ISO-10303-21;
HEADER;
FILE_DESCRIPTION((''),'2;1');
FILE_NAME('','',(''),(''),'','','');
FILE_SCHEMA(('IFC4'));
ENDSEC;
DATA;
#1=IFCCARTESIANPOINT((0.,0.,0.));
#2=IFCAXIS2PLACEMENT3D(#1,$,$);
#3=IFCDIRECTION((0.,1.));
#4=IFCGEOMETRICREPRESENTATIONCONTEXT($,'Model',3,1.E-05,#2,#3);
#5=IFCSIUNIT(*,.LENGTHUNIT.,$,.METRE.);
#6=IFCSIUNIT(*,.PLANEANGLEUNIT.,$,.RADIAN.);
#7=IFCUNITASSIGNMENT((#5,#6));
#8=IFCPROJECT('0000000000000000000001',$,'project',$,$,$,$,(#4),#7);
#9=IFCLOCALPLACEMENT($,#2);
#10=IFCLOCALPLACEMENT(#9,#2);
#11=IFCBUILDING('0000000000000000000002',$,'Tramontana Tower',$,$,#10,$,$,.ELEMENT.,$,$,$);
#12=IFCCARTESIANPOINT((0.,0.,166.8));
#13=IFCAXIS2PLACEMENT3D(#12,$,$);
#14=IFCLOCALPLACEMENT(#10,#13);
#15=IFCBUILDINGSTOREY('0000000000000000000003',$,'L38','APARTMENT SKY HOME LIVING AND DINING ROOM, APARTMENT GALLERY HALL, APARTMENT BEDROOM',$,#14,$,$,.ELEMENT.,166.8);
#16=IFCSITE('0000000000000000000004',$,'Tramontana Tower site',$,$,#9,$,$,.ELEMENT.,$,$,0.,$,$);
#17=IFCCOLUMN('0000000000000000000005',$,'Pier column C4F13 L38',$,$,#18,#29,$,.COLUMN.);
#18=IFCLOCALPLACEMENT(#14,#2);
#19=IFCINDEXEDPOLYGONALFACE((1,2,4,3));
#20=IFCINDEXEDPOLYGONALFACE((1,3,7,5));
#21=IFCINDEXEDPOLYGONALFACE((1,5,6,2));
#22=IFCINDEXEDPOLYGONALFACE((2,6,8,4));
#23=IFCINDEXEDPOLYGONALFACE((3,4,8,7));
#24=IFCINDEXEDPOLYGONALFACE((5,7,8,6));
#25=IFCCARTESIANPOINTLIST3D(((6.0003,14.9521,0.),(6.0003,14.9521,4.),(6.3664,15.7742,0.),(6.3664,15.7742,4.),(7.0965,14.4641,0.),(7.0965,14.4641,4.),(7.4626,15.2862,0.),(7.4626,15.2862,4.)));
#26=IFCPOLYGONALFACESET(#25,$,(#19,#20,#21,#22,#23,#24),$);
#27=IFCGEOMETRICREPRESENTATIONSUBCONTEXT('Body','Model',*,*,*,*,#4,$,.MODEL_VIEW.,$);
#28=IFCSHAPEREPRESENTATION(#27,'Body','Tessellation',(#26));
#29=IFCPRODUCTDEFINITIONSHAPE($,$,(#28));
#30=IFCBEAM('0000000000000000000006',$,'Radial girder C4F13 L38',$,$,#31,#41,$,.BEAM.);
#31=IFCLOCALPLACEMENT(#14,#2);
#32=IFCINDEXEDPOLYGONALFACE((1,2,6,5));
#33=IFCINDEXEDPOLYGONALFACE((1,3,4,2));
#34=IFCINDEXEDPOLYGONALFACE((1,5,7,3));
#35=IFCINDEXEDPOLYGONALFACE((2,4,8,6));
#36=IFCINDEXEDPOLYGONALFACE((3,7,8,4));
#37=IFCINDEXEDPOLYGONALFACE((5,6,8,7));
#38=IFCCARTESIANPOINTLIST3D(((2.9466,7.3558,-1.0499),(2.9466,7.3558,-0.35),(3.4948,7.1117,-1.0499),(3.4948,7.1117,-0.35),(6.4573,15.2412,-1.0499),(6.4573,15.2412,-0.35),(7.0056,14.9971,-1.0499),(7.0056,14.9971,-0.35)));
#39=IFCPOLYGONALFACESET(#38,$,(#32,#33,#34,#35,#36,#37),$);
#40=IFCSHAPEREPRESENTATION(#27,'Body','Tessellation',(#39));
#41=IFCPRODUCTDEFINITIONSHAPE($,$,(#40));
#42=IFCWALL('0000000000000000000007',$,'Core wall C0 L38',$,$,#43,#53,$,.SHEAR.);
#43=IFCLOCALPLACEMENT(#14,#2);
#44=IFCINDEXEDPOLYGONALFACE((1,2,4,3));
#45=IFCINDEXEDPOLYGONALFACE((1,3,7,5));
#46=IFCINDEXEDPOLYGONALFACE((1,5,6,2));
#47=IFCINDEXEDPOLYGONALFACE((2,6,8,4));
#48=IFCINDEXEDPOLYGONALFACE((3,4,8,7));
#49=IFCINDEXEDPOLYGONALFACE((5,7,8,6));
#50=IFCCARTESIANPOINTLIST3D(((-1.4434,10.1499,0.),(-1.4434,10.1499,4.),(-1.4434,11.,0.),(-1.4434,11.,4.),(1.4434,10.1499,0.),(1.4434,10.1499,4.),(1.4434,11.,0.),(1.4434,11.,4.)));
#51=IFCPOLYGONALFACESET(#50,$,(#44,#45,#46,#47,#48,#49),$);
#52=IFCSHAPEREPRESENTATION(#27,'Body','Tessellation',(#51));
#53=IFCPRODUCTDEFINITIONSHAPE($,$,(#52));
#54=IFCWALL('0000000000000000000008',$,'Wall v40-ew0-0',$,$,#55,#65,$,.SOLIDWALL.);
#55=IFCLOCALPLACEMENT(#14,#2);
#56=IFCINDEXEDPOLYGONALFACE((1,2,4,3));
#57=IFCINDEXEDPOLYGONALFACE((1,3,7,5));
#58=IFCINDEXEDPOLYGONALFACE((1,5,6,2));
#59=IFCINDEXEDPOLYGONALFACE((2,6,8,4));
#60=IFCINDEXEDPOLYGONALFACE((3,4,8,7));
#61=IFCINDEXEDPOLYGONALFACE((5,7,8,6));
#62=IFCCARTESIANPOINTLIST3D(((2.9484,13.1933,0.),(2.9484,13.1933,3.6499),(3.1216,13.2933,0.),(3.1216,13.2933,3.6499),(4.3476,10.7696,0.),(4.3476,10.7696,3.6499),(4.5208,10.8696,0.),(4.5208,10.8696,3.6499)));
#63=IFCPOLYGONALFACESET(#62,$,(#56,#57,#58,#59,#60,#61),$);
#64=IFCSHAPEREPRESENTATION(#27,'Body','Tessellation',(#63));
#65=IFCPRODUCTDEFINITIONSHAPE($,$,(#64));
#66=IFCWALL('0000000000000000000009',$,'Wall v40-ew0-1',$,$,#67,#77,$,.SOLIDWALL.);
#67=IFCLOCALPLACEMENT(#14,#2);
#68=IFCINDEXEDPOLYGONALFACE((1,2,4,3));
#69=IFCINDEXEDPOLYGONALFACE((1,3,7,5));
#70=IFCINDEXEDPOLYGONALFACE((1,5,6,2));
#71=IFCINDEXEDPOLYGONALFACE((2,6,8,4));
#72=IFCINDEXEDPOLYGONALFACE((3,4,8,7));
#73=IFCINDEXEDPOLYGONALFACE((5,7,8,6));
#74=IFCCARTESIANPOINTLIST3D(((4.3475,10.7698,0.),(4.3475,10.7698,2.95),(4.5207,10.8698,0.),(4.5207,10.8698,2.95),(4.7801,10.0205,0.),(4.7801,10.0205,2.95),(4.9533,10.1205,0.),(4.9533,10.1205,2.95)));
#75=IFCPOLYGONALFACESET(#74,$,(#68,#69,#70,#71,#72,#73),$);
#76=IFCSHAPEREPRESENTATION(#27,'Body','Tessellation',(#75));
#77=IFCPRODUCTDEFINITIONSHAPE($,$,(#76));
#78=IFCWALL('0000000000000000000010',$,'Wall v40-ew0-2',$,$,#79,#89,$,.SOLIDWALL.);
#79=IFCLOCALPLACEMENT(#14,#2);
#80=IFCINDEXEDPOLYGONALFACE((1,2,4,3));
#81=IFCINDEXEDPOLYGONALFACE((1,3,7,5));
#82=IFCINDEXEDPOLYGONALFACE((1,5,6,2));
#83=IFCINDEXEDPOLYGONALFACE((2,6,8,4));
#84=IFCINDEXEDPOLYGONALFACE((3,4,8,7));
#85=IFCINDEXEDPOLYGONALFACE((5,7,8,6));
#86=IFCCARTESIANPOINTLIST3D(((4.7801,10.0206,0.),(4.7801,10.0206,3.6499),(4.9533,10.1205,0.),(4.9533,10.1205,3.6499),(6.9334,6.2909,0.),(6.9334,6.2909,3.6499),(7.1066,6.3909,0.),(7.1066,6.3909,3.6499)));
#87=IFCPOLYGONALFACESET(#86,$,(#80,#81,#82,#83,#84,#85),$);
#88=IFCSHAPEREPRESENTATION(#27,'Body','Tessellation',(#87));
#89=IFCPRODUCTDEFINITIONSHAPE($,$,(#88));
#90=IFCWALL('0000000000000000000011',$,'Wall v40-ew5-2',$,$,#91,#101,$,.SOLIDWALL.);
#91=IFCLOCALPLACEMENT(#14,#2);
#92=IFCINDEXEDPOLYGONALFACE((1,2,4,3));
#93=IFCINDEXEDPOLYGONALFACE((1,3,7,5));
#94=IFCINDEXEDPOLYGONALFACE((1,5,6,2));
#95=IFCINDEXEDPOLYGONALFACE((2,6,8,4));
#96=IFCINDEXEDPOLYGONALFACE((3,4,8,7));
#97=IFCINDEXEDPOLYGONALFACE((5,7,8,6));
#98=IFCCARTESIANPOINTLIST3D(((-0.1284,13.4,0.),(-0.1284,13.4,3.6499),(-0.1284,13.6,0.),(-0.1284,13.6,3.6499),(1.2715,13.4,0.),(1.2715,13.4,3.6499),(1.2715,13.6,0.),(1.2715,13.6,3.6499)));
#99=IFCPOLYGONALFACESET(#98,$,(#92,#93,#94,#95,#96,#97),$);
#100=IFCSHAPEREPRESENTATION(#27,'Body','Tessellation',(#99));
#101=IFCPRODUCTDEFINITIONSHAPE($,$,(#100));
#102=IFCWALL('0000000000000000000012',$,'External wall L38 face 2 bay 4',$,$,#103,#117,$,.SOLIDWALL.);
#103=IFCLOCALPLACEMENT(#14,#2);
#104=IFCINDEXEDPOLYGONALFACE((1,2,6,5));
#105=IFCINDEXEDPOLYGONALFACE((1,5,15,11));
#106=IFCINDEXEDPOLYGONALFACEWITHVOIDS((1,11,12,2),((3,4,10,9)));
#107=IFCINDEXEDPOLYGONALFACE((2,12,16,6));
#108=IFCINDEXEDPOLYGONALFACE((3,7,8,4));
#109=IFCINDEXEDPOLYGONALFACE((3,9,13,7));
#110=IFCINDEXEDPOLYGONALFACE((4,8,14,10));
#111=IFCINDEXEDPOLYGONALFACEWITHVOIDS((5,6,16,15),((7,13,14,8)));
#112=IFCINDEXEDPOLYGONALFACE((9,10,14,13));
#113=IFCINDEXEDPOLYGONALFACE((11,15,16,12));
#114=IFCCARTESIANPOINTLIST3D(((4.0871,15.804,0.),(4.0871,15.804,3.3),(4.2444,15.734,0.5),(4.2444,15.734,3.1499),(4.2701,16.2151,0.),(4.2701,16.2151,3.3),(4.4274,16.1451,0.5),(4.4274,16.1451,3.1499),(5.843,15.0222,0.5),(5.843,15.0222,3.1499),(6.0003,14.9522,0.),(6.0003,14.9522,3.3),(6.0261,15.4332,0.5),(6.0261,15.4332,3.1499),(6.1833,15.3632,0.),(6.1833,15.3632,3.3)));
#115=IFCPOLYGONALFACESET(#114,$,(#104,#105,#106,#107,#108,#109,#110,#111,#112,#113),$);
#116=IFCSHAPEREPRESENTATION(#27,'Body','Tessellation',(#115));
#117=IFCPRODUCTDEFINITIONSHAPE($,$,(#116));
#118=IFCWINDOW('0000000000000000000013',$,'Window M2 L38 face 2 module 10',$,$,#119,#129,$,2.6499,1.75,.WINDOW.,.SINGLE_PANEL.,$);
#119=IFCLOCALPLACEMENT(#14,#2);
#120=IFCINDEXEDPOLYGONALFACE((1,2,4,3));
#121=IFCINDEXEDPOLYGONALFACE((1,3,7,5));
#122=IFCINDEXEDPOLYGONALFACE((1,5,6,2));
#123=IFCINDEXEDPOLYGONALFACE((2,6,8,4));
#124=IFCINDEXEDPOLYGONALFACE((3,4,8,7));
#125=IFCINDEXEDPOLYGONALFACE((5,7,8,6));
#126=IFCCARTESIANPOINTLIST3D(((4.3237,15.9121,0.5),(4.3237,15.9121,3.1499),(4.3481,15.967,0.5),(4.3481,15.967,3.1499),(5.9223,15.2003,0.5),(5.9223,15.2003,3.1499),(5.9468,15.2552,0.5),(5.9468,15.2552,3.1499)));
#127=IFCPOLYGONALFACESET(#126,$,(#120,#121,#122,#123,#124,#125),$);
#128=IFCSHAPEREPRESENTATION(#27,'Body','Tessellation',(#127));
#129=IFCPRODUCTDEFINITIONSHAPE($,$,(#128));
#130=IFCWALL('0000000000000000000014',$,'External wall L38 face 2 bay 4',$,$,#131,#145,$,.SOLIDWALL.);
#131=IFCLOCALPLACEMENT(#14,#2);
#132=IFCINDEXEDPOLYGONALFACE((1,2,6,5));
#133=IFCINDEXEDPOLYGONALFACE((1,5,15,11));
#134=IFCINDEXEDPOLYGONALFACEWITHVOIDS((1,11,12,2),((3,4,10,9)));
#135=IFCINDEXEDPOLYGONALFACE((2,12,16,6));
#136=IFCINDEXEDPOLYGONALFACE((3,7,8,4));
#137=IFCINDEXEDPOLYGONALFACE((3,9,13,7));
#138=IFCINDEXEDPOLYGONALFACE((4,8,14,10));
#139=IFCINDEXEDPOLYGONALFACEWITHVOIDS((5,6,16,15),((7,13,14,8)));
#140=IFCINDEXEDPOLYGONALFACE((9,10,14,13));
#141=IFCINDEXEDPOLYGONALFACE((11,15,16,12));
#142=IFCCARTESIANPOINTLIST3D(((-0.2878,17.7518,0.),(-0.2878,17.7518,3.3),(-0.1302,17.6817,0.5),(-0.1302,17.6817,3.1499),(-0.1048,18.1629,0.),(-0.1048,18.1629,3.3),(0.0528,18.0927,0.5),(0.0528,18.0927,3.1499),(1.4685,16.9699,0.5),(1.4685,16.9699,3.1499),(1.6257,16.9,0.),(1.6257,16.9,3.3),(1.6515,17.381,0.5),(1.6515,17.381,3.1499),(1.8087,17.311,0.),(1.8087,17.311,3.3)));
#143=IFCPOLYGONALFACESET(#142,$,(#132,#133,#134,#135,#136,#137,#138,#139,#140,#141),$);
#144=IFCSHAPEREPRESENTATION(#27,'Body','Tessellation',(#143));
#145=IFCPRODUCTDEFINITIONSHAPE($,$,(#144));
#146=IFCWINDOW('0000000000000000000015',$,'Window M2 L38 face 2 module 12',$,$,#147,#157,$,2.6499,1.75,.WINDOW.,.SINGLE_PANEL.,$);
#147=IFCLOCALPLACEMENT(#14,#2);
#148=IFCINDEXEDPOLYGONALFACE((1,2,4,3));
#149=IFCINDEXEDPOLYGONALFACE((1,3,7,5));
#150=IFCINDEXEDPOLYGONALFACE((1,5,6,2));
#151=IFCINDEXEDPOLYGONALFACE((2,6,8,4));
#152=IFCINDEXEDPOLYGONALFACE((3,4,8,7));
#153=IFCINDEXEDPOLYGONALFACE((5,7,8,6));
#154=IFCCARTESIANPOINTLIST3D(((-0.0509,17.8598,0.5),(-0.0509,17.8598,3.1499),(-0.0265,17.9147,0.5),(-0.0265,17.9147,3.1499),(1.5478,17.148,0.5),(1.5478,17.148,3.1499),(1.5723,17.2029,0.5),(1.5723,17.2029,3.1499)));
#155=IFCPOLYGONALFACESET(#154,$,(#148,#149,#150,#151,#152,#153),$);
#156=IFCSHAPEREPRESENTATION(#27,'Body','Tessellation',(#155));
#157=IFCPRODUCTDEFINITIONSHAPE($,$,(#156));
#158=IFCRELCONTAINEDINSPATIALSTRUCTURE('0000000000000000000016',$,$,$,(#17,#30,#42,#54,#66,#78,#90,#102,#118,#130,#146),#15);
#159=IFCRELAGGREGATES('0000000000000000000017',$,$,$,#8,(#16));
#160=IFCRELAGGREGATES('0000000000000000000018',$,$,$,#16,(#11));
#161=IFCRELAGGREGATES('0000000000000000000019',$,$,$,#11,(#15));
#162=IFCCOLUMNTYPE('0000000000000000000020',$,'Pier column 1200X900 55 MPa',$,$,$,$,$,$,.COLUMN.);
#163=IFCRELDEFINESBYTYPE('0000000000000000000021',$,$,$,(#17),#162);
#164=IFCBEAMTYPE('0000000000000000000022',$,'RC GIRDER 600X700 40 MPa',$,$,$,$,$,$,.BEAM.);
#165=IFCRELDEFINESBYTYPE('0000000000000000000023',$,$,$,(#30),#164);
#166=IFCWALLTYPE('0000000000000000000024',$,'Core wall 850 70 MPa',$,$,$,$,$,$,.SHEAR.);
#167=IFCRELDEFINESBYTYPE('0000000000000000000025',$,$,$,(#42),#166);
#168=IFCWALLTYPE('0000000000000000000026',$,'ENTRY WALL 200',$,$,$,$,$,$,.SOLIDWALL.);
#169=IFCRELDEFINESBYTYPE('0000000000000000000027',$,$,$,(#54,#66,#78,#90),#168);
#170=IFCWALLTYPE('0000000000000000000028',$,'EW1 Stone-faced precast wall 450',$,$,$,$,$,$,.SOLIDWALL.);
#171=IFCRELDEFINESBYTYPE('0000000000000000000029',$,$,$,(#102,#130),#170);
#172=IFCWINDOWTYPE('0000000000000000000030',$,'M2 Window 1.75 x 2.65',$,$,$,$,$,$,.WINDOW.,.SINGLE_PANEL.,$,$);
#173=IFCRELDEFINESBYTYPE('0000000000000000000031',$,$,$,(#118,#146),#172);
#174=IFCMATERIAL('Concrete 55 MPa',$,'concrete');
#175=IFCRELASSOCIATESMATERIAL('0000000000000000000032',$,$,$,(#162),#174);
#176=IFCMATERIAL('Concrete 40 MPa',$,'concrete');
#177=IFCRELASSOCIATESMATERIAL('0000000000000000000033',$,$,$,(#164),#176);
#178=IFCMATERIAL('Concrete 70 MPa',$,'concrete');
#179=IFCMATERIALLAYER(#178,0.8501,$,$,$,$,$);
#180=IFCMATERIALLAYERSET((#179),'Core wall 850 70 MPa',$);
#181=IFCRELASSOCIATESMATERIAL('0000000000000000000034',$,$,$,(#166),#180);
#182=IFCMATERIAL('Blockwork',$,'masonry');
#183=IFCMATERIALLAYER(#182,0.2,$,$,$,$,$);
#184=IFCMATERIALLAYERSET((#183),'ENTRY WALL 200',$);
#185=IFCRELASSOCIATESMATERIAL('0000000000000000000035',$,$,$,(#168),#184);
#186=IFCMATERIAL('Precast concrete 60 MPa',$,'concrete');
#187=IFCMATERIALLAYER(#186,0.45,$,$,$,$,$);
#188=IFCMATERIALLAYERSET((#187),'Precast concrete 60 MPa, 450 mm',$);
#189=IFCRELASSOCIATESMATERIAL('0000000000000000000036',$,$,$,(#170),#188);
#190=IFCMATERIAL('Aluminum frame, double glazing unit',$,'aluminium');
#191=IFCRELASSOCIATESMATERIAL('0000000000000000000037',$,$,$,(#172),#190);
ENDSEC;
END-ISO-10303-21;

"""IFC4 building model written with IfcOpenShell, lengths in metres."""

from ifc_helpers import new_model, si_unit, direction, frame, frame_2d, origin, origin_2d, place, context, subcontext, project, spatial, rectangle, extrude, material, layer, layer_set, material_profile, profile_set, type_object, element, fill, save


model = new_model("IFC4")

# Units and contexts
model_context = context("Model", 3, precision=1e-05, world=origin(), true_north=direction((0.0, 1.0)))
body_context = subcontext(model_context, "Body", "Model", "MODEL_VIEW")
ifc_project = project(units=[si_unit("LENGTHUNIT", "METRE"), si_unit("PLANEANGLEUNIT", "RADIAN")], contexts=[model_context])

# Site, building, storey
site_placement = place(None, origin())
site = spatial("IfcSite", under=ifc_project, at=site_placement, Name="Tramontana Tower site", CompositionType="ELEMENT", RefElevation=0.0)
building_placement = place(site_placement, origin())
building = spatial("IfcBuilding", under=site, at=building_placement, Name="Tramontana Tower", CompositionType="ELEMENT")
storey_placement = place(building_placement, frame((0.0, 0.0, 166.8)))
storey = spatial("IfcBuildingStorey", under=building, at=storey_placement, Name="L38", Description="APARTMENT SKY HOME LIVING AND DINING ROOM, APARTMENT GALLERY HALL, APARTMENT BEDROOM", CompositionType="ELEMENT", Elevation=166.8)

# Column
ifc_material_1 = material(Name="Concrete 55 MPa", Category="concrete")
ifc_material_profile_1 = material_profile(ifc_material_1, rectangle(XDim=1.2, YDim=0.8999, at=origin_2d()), Name="Pier column 1200X900 55 MPa")
ifc_profile_set_1 = profile_set([ifc_material_profile_1], Name="Concrete 55 MPa")
column_type = type_object("IfcColumnType", Name="Pier column 1200X900 55 MPa", PredefinedType="COLUMN", material=ifc_profile_set_1)
column_placement = place(storey_placement, frame((6.7314, 15.1191, 0.0), z_axis=(0.0, 0.0, 1.0), x_axis=(-0.913545, 0.406737, 0.0)))
element("IfcColumn", 1, at=column_placement, inside=storey, type_object=column_type, Name="Pier column C4F13 L38", PredefinedType="COLUMN", context=body_context, shape_type="SweptSolid", body=[
    extrude(rectangle(XDim=1.2, YDim=0.8999, at=origin_2d()), origin(), (0.0, 0.0, 1.0), 4.0),
])

# Beam
ifc_material_2 = material(Name="Concrete 40 MPa", Category="concrete")
ifc_material_profile_2 = material_profile(ifc_material_2, rectangle(XDim=0.6001, YDim=0.7, at=origin_2d()), Name="RC GIRDER 600X700 40 MPa")
ifc_profile_set_2 = profile_set([ifc_material_profile_2], Name="Concrete 40 MPa")
beam_type = type_object("IfcBeamType", Name="RC GIRDER 600X700 40 MPa", PredefinedType="BEAM", material=ifc_profile_set_2)
beam_placement = place(storey_placement, frame((6.7314, 15.1191, -0.7), z_axis=(-0.406737, -0.913545, 0.0), x_axis=(0.913545, -0.406737, 0.0)))
element("IfcBeam", 2, at=beam_placement, inside=storey, type_object=beam_type, Name="Radial girder C4F13 L38", PredefinedType="BEAM", context=body_context, shape_type="SweptSolid", body=[
    extrude(rectangle(XDim=0.6001, YDim=0.7, at=origin_2d()), origin(), (0.0, 0.0, 1.0), 8.6316),
])

# Walls
ifc_material_3 = material(Name="Concrete 70 MPa", Category="concrete")
ifc_layer_1 = layer(ifc_material_3, 0.8501)
ifc_layer_set_1 = layer_set([ifc_layer_1], Name="Core wall 850 70 MPa")
wall_type_1 = type_object("IfcWallType", Name="Core wall 850 70 MPa", PredefinedType="SHEAR", material=ifc_layer_set_1)
wall_1_placement = place(storey_placement, frame((1.4434, 10.575, 0.0), z_axis=(0.0, 0.0, 1.0), x_axis=(-1.0, 0.0, 0.0)))
element("IfcWall", 3, at=wall_1_placement, inside=storey, type_object=wall_type_1, Name="Core wall C0 L38", PredefinedType="SHEAR", context=body_context, shape_type="SweptSolid", body=[
    extrude(rectangle(XDim=2.8867, YDim=0.8501, at=frame_2d((1.4434, 0.0))), origin(), (0.0, 0.0, 1.0), 4.0),
])
ifc_material_4 = material(Name="Blockwork", Category="masonry")
ifc_layer_2 = layer(ifc_material_4, 0.2)
ifc_layer_set_2 = layer_set([ifc_layer_2], Name="ENTRY WALL 200")
wall_type_2 = type_object("IfcWallType", Name="ENTRY WALL 200", PredefinedType="SOLIDWALL", material=ifc_layer_set_2)
wall_2_placement = place(storey_placement, frame((3.0349, 13.2434, 0.0), z_axis=(0.0, 0.0, 1.0), x_axis=(0.499977, -0.866039, 0.0)))
element("IfcWall", 4, at=wall_2_placement, inside=storey, type_object=wall_type_2, Name="Wall v40-ew0-0", PredefinedType="SOLIDWALL", context=body_context, shape_type="SweptSolid", body=[
    extrude(rectangle(XDim=2.7986, YDim=0.2, at=frame_2d((1.3994, 0.0))), origin(), (0.0, 0.0, 1.0), 3.6499),
])
wall_3_placement = place(storey_placement, frame((4.4341, 10.8198, 0.0), z_axis=(0.0, 0.0, 1.0), x_axis=(0.500024, -0.866012, 0.0)))
element("IfcWall", 5, at=wall_3_placement, inside=storey, type_object=wall_type_2, Name="Wall v40-ew0-1", PredefinedType="SOLIDWALL", context=body_context, shape_type="SweptSolid", body=[
    extrude(rectangle(XDim=0.8652, YDim=0.2, at=frame_2d((0.4326, 0.0))), origin(), (0.0, 0.0, 1.0), 2.95),
])
wall_4_placement = place(storey_placement, frame((4.8667, 10.0706, 0.0), z_axis=(0.0, 0.0, 1.0), x_axis=(0.499992, -0.86603, 0.0)))
element("IfcWall", 6, at=wall_4_placement, inside=storey, type_object=wall_type_2, Name="Wall v40-ew0-2", PredefinedType="SOLIDWALL", context=body_context, shape_type="SweptSolid", body=[
    extrude(rectangle(XDim=4.3066, YDim=0.2, at=frame_2d((2.1533, 0.0))), origin(), (0.0, 0.0, 1.0), 3.6499),
])
wall_5_placement = place(storey_placement, frame((-0.1284, 13.5, 0.0), z_axis=(0.0, 0.0, 1.0), x_axis=(1.0, 0.0, 0.0)))
element("IfcWall", 7, at=wall_5_placement, inside=storey, type_object=wall_type_2, Name="Wall v40-ew5-2", PredefinedType="SOLIDWALL", context=body_context, shape_type="SweptSolid", body=[
    extrude(rectangle(XDim=1.3999, YDim=0.2, at=frame_2d((0.7, 0.0))), origin(), (0.0, 0.0, 1.0), 3.6499),
])

# Walls, openings, windows
ifc_material_5 = material(Name="Precast concrete 60 MPa", Category="concrete")
ifc_layer_3 = layer(ifc_material_5, 0.45)
ifc_layer_set_3 = layer_set([ifc_layer_3], Name="Precast concrete 60 MPa, 450 mm")
wall_type_3 = type_object("IfcWallType", Name="EW1 Stone-faced precast wall 450", PredefinedType="SOLIDWALL", material=ifc_layer_set_3)
wall_6_placement = place(storey_placement, frame((6.0918, 15.1577, 0.0), z_axis=(0.0, 0.0, 1.0), x_axis=(-0.913537, 0.406755, 0.0)))
wall_6 = element("IfcWall", 8, at=wall_6_placement, inside=storey, type_object=wall_type_3, Name="External wall L38 face 2 bay 4", PredefinedType="SOLIDWALL", context=body_context, shape_type="SweptSolid", body=[
    extrude(rectangle(XDim=2.0942, YDim=0.45, at=frame_2d((1.0471, 0.0))), origin(), (0.0, 0.0, 1.0), 3.3),
])
opening_1_placement = place(wall_6_placement, frame((0.1721, 0.0, 0.5)))
opening_1 = element("IfcOpeningElement", 9, at=opening_1_placement, cuts=wall_6, PredefinedType="OPENING", context=body_context, shape_type="SweptSolid", body=[
    extrude(rectangle(XDim=1.75, YDim=2.6499, at=frame_2d((0.875, 1.325))), frame((0.0, 0.2349, 0.0), z_axis=(0.0, -1.0, 0.0), x_axis=(1.0, 0.0, 0.0)), (0.0, 0.0, 1.0), 0.47),
])
ifc_material_6 = material(Name="Aluminum frame, double glazing unit", Category="aluminium")
window_type = type_object("IfcWindowType", Name="M2 Window 1.75 x 2.65", PartitioningType="SINGLE_PANEL", PredefinedType="WINDOW", material=ifc_material_6)
window_1_placement = place(opening_1_placement, origin())
window_1 = element("IfcWindow", 10, at=window_1_placement, inside=storey, type_object=window_type, Name="Window M2 L38 face 2 module 10", OverallHeight=2.6499, OverallWidth=1.75, PartitioningType="SINGLE_PANEL", PredefinedType="WINDOW", context=body_context, shape_type="SweptSolid", body=[
    extrude(rectangle(XDim=1.75, YDim=2.6499, at=frame_2d((0.875, 1.325))), frame((0.0, 0.03, 0.0), z_axis=(0.0, -1.0, 0.0), x_axis=(1.0, 0.0, 0.0)), (0.0, 0.0, 1.0), 0.0601),
])
fill(opening_1, window_1)
wall_7_placement = place(storey_placement, frame((1.7173, 17.1055, 0.0), z_axis=(0.0, 0.0, 1.0), x_axis=(-0.913557, 0.406712, 0.0)))
wall_7 = element("IfcWall", 11, at=wall_7_placement, inside=storey, type_object=wall_type_3, Name="External wall L38 face 2 bay 4", PredefinedType="SOLIDWALL", context=body_context, shape_type="SweptSolid", body=[
    extrude(rectangle(XDim=2.0945, YDim=0.45, at=frame_2d((1.0474, 0.0))), origin(), (0.0, 0.0, 1.0), 3.3),
])
opening_2_placement = place(wall_7_placement, frame((0.1721, 0.0, 0.5)))
opening_2 = element("IfcOpeningElement", 12, at=opening_2_placement, cuts=wall_7, PredefinedType="OPENING", context=body_context, shape_type="SweptSolid", body=[
    extrude(rectangle(XDim=1.75, YDim=2.6499, at=frame_2d((0.875, 1.325))), frame((0.0, 0.2349, 0.0), z_axis=(0.0, -1.0, 0.0), x_axis=(1.0, 0.0, 0.0)), (0.0, 0.0, 1.0), 0.47),
])
window_2_placement = place(opening_2_placement, origin())
window_2 = element("IfcWindow", 13, at=window_2_placement, inside=storey, type_object=window_type, Name="Window M2 L38 face 2 module 12", OverallHeight=2.6499, OverallWidth=1.75, PartitioningType="SINGLE_PANEL", PredefinedType="WINDOW", context=body_context, shape_type="SweptSolid", body=[
    extrude(rectangle(XDim=1.75, YDim=2.6499, at=frame_2d((0.875, 1.325))), frame((0.0, 0.03, 0.0), z_axis=(0.0, -1.0, 0.0), x_axis=(1.0, 0.0, 0.0)), (0.0, 0.0, 1.0), 0.0601),
])
fill(opening_2, window_2)

save(model, "model.ifc")
